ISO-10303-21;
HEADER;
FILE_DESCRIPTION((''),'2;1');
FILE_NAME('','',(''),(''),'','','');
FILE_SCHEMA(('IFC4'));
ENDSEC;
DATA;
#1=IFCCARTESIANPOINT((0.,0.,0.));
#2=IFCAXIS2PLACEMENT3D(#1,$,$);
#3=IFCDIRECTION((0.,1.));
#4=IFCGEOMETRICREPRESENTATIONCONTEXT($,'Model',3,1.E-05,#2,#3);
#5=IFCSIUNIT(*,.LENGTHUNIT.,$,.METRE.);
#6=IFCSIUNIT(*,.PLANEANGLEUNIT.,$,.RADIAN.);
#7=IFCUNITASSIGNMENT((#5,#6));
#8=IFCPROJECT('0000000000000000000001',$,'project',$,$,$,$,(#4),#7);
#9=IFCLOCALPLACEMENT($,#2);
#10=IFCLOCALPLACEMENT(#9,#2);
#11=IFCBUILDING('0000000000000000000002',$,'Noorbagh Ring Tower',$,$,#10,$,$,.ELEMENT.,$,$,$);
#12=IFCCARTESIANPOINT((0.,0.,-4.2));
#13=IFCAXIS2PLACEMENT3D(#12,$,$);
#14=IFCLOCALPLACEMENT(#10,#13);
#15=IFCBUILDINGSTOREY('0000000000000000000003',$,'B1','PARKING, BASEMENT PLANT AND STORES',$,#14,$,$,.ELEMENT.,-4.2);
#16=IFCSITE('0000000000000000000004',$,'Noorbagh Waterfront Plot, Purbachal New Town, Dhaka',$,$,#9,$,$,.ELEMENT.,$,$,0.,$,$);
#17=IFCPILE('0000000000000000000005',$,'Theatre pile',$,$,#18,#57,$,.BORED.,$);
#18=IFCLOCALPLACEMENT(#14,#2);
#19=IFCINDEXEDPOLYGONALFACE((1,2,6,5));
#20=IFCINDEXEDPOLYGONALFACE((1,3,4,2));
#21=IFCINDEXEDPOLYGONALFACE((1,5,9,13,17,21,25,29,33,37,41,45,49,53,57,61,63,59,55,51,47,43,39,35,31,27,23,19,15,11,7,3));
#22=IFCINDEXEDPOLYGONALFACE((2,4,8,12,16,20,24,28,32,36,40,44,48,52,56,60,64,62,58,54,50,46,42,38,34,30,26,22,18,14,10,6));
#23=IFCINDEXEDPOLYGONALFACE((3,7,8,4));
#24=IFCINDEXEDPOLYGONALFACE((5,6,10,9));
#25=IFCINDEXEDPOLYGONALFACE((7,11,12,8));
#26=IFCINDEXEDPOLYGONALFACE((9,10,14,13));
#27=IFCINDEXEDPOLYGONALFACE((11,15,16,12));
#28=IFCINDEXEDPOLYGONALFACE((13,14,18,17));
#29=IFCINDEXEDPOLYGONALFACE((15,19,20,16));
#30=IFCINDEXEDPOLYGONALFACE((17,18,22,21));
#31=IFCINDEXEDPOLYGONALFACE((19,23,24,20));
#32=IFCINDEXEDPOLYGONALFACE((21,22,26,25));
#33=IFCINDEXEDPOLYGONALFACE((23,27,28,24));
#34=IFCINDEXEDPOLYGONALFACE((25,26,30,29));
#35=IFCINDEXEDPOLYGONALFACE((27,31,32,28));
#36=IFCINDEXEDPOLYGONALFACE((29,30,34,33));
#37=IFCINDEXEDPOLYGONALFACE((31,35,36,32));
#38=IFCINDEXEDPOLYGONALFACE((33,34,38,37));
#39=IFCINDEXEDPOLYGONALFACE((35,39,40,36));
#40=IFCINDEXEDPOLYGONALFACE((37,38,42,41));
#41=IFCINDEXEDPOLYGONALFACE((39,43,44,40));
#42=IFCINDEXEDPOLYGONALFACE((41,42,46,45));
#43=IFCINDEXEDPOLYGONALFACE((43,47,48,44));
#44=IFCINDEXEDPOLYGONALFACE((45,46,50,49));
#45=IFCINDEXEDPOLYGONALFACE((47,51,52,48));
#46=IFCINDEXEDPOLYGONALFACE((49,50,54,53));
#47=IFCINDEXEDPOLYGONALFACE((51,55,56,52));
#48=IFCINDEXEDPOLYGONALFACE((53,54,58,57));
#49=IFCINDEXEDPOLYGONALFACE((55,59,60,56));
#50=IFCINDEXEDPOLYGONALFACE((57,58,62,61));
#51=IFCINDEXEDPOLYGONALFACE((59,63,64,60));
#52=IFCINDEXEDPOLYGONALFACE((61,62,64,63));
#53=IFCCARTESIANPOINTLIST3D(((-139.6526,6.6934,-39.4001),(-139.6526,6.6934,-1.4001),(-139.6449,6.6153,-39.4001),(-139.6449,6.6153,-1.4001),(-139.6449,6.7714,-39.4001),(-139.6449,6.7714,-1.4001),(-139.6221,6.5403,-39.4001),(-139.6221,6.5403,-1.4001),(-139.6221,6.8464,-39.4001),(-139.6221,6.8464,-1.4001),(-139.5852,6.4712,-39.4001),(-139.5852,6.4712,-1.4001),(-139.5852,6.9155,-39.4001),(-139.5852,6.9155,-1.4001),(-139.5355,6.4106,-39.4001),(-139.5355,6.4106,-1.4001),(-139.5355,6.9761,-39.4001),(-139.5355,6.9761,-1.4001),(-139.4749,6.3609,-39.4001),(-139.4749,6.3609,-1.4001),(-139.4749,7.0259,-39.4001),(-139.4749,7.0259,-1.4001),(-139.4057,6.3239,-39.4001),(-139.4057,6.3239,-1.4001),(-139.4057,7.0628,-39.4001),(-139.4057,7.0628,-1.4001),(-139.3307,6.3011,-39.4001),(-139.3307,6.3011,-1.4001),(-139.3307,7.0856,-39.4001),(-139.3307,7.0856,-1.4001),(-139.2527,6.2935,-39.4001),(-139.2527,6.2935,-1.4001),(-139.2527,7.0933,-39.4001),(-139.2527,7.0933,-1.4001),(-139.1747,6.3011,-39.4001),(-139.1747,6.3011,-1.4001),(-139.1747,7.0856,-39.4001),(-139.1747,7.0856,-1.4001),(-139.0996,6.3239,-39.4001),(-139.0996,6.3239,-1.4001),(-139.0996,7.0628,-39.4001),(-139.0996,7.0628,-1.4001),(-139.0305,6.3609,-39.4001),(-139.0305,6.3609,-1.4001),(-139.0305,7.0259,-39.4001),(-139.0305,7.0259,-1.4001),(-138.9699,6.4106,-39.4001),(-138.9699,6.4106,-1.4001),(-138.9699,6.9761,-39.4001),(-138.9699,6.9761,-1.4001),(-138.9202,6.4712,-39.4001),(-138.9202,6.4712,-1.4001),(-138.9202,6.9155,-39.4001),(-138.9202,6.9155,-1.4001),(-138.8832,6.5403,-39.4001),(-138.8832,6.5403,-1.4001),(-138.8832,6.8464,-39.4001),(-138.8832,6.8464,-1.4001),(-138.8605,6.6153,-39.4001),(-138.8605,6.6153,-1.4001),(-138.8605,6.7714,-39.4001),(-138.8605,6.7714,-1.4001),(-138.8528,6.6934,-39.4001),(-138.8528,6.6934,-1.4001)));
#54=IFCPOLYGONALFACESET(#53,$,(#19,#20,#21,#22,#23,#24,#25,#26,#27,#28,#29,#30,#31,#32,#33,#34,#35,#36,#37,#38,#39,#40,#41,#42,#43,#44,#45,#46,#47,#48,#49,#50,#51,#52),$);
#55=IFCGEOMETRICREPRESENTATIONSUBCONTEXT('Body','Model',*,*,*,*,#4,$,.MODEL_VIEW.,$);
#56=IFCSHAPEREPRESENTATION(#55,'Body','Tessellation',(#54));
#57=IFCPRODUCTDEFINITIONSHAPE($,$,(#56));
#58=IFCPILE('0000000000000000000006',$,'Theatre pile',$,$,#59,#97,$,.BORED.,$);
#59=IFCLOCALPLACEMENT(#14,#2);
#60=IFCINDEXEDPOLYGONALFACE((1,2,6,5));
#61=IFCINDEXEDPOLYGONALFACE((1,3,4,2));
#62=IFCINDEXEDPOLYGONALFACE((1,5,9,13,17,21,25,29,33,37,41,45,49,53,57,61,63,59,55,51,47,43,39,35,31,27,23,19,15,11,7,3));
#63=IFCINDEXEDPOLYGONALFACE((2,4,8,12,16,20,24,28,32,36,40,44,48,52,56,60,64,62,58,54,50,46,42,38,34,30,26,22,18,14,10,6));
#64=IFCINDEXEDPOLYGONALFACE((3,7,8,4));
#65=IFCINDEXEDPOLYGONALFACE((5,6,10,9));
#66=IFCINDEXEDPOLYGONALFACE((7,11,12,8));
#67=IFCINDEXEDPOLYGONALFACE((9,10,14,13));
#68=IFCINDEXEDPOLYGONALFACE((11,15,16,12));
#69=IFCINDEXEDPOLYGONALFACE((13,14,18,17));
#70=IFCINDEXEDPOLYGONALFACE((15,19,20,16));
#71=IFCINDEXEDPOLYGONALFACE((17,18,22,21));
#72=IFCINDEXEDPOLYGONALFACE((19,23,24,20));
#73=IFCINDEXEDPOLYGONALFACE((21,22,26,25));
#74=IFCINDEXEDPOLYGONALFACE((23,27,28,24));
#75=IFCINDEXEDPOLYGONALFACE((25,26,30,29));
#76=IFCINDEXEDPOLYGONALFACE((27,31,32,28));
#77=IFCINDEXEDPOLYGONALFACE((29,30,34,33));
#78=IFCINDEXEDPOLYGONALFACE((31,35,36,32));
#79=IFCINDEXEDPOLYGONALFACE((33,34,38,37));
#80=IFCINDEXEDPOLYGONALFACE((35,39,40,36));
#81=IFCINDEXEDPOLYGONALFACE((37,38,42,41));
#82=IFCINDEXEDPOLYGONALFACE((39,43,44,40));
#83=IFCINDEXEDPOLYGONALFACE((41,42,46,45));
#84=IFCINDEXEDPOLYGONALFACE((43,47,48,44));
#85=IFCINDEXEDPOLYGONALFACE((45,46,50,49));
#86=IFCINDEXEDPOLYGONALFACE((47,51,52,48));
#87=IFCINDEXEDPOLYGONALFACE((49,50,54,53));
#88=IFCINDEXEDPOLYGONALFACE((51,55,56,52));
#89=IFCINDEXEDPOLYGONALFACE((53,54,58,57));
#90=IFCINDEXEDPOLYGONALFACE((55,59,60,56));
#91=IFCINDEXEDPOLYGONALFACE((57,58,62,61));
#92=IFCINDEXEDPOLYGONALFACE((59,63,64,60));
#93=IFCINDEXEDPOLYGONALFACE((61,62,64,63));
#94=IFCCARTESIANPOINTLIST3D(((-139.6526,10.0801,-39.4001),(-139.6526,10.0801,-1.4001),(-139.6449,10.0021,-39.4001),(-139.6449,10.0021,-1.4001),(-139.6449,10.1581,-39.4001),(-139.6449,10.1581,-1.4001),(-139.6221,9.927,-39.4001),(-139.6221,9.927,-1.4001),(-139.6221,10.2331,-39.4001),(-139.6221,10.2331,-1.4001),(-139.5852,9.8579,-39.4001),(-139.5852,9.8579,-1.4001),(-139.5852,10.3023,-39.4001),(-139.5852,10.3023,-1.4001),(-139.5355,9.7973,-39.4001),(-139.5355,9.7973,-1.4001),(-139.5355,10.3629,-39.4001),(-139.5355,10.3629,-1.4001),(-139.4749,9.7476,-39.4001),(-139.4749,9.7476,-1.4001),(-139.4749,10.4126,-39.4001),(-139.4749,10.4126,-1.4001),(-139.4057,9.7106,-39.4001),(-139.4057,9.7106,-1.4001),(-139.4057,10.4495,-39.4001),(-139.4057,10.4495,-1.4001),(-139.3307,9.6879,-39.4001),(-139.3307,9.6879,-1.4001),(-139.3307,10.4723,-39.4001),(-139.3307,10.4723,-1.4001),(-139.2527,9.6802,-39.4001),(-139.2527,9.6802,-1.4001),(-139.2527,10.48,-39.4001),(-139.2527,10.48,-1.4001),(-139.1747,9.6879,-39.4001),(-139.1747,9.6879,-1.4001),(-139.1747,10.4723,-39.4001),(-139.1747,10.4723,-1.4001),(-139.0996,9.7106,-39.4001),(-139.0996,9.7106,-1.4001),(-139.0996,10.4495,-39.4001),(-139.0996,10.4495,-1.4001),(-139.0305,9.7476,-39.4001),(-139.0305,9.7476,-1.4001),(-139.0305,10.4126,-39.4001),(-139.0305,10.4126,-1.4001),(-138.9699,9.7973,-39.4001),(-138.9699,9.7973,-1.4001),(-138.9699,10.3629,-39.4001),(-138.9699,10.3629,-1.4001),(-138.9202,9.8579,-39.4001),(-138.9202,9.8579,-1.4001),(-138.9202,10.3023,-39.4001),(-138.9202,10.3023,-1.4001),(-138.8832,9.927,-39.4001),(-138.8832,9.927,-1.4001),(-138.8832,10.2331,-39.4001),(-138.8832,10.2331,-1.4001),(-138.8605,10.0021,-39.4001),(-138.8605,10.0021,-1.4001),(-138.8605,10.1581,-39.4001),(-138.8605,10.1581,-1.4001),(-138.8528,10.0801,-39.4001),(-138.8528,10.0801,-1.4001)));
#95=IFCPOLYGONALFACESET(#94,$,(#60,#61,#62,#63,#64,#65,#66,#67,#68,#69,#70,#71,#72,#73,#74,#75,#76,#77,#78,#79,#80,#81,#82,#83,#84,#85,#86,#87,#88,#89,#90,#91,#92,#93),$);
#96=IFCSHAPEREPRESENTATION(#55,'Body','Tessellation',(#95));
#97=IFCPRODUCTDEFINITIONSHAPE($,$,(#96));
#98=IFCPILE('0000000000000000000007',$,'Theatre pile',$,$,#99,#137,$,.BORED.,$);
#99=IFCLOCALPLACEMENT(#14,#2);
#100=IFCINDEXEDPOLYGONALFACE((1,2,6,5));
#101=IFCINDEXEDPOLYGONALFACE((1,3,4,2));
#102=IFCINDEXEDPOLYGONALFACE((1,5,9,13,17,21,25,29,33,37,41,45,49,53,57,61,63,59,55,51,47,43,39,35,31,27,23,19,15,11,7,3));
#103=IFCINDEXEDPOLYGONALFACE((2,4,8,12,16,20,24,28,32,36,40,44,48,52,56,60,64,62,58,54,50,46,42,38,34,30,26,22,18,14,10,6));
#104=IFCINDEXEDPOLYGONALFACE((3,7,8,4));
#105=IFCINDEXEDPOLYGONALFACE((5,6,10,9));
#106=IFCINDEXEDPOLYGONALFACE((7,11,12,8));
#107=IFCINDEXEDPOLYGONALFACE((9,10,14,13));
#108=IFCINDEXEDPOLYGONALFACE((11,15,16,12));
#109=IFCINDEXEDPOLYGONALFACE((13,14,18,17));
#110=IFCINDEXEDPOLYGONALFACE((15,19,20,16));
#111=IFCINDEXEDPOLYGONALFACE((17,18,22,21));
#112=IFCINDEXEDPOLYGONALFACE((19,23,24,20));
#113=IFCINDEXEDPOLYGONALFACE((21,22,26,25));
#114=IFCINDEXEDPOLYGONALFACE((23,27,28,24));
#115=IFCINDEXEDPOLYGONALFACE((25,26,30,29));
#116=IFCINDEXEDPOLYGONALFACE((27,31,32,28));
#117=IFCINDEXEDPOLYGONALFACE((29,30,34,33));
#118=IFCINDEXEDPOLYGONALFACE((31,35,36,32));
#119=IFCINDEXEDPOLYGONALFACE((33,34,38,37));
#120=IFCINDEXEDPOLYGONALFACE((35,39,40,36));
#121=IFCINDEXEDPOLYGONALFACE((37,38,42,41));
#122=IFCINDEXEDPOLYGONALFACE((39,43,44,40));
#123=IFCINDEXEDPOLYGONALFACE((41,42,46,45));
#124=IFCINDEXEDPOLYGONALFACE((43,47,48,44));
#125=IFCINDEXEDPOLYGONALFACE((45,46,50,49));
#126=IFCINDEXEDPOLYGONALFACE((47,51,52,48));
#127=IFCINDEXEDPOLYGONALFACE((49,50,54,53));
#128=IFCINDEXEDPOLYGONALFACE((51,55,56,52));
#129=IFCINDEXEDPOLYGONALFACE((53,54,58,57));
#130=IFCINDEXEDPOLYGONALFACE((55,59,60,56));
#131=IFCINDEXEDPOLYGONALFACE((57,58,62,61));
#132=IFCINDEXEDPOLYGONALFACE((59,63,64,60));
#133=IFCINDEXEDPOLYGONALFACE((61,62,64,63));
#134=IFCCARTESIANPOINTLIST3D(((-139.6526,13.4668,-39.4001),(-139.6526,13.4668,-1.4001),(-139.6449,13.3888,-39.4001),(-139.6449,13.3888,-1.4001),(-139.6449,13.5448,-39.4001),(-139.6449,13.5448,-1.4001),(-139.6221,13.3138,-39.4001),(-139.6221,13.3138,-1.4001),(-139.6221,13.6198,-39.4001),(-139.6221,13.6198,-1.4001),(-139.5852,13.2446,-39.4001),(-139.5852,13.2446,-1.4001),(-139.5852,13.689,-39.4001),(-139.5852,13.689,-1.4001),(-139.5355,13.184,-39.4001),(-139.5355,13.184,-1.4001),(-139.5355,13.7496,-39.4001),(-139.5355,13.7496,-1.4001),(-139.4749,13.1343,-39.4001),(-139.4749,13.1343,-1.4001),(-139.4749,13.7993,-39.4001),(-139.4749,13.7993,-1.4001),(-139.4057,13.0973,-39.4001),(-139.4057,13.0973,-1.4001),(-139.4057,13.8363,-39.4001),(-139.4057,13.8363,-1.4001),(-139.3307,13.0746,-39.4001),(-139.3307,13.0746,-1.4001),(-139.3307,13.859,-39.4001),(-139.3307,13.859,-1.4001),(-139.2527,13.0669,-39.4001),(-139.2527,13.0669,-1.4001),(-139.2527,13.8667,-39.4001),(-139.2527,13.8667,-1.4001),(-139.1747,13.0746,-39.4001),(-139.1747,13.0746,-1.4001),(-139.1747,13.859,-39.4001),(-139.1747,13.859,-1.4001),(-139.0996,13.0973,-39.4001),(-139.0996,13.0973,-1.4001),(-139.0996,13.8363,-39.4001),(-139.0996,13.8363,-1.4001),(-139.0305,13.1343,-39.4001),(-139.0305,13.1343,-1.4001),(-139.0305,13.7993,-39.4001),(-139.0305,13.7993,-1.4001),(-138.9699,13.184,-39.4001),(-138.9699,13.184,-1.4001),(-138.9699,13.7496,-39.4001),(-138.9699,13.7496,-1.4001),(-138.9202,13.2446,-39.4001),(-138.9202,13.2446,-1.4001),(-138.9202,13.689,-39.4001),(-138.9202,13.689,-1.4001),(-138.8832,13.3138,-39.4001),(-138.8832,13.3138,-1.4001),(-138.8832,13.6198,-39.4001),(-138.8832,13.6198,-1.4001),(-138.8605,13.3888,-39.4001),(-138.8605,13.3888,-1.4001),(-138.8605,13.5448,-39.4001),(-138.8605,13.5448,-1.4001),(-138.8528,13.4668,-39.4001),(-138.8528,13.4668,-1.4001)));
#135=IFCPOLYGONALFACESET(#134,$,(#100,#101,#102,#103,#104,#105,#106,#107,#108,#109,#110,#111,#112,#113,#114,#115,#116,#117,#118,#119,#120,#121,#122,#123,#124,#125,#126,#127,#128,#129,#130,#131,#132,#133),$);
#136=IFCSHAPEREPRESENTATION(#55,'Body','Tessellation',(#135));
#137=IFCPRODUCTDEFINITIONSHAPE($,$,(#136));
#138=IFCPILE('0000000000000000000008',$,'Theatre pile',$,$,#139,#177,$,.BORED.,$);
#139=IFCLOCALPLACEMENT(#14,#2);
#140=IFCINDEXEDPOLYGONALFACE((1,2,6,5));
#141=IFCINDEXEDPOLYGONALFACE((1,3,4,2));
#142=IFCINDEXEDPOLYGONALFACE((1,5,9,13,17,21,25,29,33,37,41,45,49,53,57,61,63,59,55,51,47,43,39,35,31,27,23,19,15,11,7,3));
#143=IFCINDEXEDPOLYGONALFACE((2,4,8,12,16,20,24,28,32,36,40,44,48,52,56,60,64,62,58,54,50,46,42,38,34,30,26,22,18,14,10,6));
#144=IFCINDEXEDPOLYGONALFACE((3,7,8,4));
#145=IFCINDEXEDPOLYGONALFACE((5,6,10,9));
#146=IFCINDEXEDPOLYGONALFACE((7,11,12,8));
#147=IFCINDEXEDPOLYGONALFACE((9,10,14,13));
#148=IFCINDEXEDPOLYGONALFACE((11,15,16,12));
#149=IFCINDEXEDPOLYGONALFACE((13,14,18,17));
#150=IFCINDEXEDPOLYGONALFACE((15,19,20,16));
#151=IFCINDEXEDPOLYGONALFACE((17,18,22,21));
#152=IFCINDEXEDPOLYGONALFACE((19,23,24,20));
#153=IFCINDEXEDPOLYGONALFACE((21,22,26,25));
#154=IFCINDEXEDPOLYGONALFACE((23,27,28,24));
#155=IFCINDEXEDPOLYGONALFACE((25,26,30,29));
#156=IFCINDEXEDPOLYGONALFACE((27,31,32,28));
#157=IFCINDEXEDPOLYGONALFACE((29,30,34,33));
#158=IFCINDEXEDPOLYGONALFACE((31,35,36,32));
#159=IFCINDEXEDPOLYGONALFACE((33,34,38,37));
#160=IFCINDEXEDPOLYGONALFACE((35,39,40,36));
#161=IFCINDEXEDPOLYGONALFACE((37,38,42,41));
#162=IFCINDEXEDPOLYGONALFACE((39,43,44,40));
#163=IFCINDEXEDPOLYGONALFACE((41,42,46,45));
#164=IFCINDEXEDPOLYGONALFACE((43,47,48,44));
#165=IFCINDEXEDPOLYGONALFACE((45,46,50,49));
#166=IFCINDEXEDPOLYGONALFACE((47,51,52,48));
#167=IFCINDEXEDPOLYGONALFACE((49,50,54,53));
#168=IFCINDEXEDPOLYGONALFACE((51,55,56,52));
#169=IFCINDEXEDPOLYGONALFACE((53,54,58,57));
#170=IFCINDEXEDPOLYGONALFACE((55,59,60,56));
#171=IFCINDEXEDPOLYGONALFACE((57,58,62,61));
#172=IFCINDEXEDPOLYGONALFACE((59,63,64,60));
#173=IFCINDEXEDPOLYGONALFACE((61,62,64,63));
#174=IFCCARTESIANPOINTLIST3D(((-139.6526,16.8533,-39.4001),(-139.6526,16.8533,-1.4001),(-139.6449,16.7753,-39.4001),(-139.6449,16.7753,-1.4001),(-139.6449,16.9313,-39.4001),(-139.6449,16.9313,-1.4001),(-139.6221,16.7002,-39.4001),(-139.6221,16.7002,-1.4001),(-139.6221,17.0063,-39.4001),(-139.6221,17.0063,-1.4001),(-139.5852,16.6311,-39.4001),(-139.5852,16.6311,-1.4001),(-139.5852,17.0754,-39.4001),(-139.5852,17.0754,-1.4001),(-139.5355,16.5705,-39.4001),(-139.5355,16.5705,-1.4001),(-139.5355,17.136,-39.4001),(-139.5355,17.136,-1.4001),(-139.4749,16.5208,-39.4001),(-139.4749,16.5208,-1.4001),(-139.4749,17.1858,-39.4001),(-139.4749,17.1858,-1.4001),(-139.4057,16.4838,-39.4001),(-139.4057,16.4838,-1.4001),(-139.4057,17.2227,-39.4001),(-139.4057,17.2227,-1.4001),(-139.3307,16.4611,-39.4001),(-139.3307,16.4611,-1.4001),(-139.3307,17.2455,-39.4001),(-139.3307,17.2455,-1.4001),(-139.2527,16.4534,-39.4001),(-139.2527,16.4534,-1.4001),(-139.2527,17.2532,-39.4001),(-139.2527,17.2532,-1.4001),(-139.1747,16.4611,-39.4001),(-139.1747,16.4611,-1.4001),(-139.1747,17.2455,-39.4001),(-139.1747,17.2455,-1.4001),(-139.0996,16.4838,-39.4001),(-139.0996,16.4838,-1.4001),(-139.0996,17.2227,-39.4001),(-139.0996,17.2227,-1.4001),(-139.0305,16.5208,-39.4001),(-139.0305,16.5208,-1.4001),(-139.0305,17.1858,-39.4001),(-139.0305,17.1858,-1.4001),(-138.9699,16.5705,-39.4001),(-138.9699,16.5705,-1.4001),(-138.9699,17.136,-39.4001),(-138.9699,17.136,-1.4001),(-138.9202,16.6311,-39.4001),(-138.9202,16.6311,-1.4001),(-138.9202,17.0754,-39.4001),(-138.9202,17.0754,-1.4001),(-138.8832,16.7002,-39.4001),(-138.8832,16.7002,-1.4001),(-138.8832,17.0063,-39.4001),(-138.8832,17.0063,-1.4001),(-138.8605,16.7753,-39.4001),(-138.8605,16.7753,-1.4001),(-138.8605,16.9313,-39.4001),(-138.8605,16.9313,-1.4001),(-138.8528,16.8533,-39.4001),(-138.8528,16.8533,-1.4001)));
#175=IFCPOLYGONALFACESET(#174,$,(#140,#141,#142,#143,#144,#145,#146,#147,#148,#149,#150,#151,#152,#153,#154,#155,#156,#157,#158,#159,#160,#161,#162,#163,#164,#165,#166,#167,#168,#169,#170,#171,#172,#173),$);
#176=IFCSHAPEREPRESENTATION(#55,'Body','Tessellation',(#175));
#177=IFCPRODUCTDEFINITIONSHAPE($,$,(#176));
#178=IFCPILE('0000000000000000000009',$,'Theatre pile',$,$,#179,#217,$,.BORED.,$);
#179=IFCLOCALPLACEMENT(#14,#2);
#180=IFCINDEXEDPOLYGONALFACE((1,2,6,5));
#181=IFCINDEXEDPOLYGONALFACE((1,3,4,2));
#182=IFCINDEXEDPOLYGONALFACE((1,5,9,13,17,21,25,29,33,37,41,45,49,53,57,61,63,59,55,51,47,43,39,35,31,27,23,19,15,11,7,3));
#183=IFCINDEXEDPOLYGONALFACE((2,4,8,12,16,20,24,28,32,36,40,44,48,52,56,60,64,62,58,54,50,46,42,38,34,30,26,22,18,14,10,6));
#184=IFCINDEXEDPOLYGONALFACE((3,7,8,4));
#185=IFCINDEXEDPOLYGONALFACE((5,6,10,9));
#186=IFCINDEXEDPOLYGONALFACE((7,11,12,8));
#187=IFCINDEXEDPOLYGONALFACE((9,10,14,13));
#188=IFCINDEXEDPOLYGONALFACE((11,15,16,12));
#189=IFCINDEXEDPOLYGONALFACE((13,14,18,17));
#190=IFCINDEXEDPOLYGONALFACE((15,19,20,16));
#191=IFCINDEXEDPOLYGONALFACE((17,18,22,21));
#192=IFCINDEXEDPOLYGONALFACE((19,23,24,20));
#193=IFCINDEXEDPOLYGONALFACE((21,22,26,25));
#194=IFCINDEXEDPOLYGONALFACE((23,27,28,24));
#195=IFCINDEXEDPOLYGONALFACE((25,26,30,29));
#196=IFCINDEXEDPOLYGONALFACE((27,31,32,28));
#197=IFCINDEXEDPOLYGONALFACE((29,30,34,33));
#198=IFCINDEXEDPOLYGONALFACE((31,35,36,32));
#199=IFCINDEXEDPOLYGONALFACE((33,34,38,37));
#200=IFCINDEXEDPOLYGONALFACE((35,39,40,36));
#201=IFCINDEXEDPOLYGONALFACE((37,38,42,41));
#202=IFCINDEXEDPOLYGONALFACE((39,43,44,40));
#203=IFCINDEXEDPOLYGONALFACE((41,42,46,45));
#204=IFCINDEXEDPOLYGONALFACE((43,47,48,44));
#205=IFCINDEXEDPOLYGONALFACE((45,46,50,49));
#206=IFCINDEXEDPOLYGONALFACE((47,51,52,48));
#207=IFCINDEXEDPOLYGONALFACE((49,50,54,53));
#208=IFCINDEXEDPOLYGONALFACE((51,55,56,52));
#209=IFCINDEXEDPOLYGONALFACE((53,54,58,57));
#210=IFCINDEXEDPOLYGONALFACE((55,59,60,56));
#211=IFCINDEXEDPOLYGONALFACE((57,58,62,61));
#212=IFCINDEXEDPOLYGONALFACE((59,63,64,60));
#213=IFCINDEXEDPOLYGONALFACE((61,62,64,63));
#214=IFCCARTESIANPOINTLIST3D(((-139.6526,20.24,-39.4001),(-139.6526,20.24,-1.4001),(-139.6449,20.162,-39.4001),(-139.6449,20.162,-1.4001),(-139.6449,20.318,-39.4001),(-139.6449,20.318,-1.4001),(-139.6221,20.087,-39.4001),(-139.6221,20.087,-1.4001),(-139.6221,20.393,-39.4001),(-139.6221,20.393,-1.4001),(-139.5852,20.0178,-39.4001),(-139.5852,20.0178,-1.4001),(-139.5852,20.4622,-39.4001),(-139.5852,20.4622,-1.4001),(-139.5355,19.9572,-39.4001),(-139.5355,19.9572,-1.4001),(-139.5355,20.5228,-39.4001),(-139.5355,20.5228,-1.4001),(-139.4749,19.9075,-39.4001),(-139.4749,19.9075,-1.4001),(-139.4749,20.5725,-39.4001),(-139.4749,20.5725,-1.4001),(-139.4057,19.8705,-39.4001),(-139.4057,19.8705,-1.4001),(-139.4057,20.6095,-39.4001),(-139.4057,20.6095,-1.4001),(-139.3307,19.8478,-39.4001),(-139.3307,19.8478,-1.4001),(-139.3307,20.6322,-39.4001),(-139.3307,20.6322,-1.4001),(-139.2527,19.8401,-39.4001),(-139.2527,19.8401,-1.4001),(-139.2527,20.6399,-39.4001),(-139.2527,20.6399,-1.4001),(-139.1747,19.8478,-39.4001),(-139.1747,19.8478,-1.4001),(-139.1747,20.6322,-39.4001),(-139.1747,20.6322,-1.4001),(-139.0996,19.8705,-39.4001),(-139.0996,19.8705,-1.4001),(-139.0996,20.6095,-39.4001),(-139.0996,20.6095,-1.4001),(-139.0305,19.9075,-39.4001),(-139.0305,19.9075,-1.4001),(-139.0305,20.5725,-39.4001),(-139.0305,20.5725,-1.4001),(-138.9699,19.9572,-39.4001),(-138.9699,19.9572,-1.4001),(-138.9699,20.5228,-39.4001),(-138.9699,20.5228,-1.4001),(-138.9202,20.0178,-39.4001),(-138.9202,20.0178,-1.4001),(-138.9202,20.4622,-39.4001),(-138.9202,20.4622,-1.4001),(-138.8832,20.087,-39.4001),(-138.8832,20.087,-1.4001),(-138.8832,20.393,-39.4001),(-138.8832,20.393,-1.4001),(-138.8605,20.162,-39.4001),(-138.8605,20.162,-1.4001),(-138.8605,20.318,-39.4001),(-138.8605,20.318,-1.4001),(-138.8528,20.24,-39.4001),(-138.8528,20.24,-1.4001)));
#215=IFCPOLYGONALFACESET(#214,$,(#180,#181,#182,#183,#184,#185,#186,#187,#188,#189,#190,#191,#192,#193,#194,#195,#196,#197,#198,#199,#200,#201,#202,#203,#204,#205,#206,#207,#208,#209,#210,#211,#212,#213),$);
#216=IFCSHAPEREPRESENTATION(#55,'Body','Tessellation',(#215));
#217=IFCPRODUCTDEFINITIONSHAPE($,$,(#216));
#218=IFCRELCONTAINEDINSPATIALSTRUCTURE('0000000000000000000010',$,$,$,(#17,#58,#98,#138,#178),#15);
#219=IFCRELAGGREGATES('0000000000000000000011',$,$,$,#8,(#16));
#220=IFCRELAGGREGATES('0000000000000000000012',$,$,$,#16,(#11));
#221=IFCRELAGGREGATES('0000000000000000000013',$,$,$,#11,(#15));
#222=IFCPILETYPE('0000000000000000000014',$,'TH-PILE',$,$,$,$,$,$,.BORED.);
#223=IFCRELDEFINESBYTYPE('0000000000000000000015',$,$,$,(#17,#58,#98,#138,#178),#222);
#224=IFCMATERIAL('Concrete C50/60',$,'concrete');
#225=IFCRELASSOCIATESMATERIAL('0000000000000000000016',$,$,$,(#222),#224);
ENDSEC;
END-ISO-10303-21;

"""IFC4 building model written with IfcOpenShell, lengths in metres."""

from ifc_helpers import new_model, si_unit, direction, frame, origin, origin_2d, place, context, subcontext, project, spatial, circle, extrude, material, material_profile, profile_set, type_object, element, save


model = new_model("IFC4")

# Units and contexts
model_context = context("Model", 3, precision=1e-05, world=origin(), true_north=direction((0.0, 1.0)))
body_context = subcontext(model_context, "Body", "Model", "MODEL_VIEW")
ifc_project = project(units=[si_unit("LENGTHUNIT", "METRE"), si_unit("PLANEANGLEUNIT", "RADIAN")], contexts=[model_context])

# Site, building, storey
site_placement = place(None, origin())
site = spatial("IfcSite", under=ifc_project, at=site_placement, Name="Noorbagh Waterfront Plot, Purbachal New Town, Dhaka", CompositionType="ELEMENT", RefElevation=0.0)
building_placement = place(site_placement, origin())
building = spatial("IfcBuilding", under=site, at=building_placement, Name="Noorbagh Ring Tower", CompositionType="ELEMENT")
storey_placement = place(building_placement, frame((0.0, 0.0, -4.2)))
storey = spatial("IfcBuildingStorey", under=building, at=storey_placement, Name="B1", Description="PARKING, BASEMENT PLANT AND STORES", CompositionType="ELEMENT", Elevation=-4.2)

# Piles
ifc_material_1 = material(Name="Concrete C50/60", Category="concrete")
ifc_material_profile = material_profile(ifc_material_1, circle(Radius=0.3999, at=origin_2d()), Name="PILE800")
ifc_profile_set = profile_set([ifc_material_profile], Name="Concrete C50/60")
pile_type = type_object("IfcPileType", Name="TH-PILE", PredefinedType="BORED", material=ifc_profile_set)
for number, where, z_axis, x_axis, name in (
    (1, (-139.2527, 6.6934, -1.4001), (0.0, 0.0, -1.0), (1.0, 0.0, 0.0), "Theatre pile"),
    (2, (-139.2527, 10.0801, -1.4001), (0.0, 0.0, -1.0), (1.0, 0.0, 0.0), "Theatre pile"),
    (3, (-139.2527, 13.4668, -1.4001), (0.0, 0.0, -1.0), (1.0, 0.0, 0.0), "Theatre pile"),
    (4, (-139.2527, 16.8533, -1.4001), (0.0, 0.0, -1.0), (1.0, 0.0, 0.0), "Theatre pile"),
    (5, (-139.2527, 20.24, -1.4001), (0.0, 0.0, -1.0), (1.0, 0.0, 0.0), "Theatre pile"),
):
    element("IfcPile", number, at=place(storey_placement, frame(where, z_axis=z_axis, x_axis=x_axis)), inside=storey, type_object=pile_type, Name=name, PredefinedType="BORED", context=body_context, shape_type="SweptSolid", body=[
        extrude(circle(Radius=0.3999, at=origin_2d()), origin(), (0.0, 0.0, 1.0), 38.0),
    ])

save(model, "model.ifc")
